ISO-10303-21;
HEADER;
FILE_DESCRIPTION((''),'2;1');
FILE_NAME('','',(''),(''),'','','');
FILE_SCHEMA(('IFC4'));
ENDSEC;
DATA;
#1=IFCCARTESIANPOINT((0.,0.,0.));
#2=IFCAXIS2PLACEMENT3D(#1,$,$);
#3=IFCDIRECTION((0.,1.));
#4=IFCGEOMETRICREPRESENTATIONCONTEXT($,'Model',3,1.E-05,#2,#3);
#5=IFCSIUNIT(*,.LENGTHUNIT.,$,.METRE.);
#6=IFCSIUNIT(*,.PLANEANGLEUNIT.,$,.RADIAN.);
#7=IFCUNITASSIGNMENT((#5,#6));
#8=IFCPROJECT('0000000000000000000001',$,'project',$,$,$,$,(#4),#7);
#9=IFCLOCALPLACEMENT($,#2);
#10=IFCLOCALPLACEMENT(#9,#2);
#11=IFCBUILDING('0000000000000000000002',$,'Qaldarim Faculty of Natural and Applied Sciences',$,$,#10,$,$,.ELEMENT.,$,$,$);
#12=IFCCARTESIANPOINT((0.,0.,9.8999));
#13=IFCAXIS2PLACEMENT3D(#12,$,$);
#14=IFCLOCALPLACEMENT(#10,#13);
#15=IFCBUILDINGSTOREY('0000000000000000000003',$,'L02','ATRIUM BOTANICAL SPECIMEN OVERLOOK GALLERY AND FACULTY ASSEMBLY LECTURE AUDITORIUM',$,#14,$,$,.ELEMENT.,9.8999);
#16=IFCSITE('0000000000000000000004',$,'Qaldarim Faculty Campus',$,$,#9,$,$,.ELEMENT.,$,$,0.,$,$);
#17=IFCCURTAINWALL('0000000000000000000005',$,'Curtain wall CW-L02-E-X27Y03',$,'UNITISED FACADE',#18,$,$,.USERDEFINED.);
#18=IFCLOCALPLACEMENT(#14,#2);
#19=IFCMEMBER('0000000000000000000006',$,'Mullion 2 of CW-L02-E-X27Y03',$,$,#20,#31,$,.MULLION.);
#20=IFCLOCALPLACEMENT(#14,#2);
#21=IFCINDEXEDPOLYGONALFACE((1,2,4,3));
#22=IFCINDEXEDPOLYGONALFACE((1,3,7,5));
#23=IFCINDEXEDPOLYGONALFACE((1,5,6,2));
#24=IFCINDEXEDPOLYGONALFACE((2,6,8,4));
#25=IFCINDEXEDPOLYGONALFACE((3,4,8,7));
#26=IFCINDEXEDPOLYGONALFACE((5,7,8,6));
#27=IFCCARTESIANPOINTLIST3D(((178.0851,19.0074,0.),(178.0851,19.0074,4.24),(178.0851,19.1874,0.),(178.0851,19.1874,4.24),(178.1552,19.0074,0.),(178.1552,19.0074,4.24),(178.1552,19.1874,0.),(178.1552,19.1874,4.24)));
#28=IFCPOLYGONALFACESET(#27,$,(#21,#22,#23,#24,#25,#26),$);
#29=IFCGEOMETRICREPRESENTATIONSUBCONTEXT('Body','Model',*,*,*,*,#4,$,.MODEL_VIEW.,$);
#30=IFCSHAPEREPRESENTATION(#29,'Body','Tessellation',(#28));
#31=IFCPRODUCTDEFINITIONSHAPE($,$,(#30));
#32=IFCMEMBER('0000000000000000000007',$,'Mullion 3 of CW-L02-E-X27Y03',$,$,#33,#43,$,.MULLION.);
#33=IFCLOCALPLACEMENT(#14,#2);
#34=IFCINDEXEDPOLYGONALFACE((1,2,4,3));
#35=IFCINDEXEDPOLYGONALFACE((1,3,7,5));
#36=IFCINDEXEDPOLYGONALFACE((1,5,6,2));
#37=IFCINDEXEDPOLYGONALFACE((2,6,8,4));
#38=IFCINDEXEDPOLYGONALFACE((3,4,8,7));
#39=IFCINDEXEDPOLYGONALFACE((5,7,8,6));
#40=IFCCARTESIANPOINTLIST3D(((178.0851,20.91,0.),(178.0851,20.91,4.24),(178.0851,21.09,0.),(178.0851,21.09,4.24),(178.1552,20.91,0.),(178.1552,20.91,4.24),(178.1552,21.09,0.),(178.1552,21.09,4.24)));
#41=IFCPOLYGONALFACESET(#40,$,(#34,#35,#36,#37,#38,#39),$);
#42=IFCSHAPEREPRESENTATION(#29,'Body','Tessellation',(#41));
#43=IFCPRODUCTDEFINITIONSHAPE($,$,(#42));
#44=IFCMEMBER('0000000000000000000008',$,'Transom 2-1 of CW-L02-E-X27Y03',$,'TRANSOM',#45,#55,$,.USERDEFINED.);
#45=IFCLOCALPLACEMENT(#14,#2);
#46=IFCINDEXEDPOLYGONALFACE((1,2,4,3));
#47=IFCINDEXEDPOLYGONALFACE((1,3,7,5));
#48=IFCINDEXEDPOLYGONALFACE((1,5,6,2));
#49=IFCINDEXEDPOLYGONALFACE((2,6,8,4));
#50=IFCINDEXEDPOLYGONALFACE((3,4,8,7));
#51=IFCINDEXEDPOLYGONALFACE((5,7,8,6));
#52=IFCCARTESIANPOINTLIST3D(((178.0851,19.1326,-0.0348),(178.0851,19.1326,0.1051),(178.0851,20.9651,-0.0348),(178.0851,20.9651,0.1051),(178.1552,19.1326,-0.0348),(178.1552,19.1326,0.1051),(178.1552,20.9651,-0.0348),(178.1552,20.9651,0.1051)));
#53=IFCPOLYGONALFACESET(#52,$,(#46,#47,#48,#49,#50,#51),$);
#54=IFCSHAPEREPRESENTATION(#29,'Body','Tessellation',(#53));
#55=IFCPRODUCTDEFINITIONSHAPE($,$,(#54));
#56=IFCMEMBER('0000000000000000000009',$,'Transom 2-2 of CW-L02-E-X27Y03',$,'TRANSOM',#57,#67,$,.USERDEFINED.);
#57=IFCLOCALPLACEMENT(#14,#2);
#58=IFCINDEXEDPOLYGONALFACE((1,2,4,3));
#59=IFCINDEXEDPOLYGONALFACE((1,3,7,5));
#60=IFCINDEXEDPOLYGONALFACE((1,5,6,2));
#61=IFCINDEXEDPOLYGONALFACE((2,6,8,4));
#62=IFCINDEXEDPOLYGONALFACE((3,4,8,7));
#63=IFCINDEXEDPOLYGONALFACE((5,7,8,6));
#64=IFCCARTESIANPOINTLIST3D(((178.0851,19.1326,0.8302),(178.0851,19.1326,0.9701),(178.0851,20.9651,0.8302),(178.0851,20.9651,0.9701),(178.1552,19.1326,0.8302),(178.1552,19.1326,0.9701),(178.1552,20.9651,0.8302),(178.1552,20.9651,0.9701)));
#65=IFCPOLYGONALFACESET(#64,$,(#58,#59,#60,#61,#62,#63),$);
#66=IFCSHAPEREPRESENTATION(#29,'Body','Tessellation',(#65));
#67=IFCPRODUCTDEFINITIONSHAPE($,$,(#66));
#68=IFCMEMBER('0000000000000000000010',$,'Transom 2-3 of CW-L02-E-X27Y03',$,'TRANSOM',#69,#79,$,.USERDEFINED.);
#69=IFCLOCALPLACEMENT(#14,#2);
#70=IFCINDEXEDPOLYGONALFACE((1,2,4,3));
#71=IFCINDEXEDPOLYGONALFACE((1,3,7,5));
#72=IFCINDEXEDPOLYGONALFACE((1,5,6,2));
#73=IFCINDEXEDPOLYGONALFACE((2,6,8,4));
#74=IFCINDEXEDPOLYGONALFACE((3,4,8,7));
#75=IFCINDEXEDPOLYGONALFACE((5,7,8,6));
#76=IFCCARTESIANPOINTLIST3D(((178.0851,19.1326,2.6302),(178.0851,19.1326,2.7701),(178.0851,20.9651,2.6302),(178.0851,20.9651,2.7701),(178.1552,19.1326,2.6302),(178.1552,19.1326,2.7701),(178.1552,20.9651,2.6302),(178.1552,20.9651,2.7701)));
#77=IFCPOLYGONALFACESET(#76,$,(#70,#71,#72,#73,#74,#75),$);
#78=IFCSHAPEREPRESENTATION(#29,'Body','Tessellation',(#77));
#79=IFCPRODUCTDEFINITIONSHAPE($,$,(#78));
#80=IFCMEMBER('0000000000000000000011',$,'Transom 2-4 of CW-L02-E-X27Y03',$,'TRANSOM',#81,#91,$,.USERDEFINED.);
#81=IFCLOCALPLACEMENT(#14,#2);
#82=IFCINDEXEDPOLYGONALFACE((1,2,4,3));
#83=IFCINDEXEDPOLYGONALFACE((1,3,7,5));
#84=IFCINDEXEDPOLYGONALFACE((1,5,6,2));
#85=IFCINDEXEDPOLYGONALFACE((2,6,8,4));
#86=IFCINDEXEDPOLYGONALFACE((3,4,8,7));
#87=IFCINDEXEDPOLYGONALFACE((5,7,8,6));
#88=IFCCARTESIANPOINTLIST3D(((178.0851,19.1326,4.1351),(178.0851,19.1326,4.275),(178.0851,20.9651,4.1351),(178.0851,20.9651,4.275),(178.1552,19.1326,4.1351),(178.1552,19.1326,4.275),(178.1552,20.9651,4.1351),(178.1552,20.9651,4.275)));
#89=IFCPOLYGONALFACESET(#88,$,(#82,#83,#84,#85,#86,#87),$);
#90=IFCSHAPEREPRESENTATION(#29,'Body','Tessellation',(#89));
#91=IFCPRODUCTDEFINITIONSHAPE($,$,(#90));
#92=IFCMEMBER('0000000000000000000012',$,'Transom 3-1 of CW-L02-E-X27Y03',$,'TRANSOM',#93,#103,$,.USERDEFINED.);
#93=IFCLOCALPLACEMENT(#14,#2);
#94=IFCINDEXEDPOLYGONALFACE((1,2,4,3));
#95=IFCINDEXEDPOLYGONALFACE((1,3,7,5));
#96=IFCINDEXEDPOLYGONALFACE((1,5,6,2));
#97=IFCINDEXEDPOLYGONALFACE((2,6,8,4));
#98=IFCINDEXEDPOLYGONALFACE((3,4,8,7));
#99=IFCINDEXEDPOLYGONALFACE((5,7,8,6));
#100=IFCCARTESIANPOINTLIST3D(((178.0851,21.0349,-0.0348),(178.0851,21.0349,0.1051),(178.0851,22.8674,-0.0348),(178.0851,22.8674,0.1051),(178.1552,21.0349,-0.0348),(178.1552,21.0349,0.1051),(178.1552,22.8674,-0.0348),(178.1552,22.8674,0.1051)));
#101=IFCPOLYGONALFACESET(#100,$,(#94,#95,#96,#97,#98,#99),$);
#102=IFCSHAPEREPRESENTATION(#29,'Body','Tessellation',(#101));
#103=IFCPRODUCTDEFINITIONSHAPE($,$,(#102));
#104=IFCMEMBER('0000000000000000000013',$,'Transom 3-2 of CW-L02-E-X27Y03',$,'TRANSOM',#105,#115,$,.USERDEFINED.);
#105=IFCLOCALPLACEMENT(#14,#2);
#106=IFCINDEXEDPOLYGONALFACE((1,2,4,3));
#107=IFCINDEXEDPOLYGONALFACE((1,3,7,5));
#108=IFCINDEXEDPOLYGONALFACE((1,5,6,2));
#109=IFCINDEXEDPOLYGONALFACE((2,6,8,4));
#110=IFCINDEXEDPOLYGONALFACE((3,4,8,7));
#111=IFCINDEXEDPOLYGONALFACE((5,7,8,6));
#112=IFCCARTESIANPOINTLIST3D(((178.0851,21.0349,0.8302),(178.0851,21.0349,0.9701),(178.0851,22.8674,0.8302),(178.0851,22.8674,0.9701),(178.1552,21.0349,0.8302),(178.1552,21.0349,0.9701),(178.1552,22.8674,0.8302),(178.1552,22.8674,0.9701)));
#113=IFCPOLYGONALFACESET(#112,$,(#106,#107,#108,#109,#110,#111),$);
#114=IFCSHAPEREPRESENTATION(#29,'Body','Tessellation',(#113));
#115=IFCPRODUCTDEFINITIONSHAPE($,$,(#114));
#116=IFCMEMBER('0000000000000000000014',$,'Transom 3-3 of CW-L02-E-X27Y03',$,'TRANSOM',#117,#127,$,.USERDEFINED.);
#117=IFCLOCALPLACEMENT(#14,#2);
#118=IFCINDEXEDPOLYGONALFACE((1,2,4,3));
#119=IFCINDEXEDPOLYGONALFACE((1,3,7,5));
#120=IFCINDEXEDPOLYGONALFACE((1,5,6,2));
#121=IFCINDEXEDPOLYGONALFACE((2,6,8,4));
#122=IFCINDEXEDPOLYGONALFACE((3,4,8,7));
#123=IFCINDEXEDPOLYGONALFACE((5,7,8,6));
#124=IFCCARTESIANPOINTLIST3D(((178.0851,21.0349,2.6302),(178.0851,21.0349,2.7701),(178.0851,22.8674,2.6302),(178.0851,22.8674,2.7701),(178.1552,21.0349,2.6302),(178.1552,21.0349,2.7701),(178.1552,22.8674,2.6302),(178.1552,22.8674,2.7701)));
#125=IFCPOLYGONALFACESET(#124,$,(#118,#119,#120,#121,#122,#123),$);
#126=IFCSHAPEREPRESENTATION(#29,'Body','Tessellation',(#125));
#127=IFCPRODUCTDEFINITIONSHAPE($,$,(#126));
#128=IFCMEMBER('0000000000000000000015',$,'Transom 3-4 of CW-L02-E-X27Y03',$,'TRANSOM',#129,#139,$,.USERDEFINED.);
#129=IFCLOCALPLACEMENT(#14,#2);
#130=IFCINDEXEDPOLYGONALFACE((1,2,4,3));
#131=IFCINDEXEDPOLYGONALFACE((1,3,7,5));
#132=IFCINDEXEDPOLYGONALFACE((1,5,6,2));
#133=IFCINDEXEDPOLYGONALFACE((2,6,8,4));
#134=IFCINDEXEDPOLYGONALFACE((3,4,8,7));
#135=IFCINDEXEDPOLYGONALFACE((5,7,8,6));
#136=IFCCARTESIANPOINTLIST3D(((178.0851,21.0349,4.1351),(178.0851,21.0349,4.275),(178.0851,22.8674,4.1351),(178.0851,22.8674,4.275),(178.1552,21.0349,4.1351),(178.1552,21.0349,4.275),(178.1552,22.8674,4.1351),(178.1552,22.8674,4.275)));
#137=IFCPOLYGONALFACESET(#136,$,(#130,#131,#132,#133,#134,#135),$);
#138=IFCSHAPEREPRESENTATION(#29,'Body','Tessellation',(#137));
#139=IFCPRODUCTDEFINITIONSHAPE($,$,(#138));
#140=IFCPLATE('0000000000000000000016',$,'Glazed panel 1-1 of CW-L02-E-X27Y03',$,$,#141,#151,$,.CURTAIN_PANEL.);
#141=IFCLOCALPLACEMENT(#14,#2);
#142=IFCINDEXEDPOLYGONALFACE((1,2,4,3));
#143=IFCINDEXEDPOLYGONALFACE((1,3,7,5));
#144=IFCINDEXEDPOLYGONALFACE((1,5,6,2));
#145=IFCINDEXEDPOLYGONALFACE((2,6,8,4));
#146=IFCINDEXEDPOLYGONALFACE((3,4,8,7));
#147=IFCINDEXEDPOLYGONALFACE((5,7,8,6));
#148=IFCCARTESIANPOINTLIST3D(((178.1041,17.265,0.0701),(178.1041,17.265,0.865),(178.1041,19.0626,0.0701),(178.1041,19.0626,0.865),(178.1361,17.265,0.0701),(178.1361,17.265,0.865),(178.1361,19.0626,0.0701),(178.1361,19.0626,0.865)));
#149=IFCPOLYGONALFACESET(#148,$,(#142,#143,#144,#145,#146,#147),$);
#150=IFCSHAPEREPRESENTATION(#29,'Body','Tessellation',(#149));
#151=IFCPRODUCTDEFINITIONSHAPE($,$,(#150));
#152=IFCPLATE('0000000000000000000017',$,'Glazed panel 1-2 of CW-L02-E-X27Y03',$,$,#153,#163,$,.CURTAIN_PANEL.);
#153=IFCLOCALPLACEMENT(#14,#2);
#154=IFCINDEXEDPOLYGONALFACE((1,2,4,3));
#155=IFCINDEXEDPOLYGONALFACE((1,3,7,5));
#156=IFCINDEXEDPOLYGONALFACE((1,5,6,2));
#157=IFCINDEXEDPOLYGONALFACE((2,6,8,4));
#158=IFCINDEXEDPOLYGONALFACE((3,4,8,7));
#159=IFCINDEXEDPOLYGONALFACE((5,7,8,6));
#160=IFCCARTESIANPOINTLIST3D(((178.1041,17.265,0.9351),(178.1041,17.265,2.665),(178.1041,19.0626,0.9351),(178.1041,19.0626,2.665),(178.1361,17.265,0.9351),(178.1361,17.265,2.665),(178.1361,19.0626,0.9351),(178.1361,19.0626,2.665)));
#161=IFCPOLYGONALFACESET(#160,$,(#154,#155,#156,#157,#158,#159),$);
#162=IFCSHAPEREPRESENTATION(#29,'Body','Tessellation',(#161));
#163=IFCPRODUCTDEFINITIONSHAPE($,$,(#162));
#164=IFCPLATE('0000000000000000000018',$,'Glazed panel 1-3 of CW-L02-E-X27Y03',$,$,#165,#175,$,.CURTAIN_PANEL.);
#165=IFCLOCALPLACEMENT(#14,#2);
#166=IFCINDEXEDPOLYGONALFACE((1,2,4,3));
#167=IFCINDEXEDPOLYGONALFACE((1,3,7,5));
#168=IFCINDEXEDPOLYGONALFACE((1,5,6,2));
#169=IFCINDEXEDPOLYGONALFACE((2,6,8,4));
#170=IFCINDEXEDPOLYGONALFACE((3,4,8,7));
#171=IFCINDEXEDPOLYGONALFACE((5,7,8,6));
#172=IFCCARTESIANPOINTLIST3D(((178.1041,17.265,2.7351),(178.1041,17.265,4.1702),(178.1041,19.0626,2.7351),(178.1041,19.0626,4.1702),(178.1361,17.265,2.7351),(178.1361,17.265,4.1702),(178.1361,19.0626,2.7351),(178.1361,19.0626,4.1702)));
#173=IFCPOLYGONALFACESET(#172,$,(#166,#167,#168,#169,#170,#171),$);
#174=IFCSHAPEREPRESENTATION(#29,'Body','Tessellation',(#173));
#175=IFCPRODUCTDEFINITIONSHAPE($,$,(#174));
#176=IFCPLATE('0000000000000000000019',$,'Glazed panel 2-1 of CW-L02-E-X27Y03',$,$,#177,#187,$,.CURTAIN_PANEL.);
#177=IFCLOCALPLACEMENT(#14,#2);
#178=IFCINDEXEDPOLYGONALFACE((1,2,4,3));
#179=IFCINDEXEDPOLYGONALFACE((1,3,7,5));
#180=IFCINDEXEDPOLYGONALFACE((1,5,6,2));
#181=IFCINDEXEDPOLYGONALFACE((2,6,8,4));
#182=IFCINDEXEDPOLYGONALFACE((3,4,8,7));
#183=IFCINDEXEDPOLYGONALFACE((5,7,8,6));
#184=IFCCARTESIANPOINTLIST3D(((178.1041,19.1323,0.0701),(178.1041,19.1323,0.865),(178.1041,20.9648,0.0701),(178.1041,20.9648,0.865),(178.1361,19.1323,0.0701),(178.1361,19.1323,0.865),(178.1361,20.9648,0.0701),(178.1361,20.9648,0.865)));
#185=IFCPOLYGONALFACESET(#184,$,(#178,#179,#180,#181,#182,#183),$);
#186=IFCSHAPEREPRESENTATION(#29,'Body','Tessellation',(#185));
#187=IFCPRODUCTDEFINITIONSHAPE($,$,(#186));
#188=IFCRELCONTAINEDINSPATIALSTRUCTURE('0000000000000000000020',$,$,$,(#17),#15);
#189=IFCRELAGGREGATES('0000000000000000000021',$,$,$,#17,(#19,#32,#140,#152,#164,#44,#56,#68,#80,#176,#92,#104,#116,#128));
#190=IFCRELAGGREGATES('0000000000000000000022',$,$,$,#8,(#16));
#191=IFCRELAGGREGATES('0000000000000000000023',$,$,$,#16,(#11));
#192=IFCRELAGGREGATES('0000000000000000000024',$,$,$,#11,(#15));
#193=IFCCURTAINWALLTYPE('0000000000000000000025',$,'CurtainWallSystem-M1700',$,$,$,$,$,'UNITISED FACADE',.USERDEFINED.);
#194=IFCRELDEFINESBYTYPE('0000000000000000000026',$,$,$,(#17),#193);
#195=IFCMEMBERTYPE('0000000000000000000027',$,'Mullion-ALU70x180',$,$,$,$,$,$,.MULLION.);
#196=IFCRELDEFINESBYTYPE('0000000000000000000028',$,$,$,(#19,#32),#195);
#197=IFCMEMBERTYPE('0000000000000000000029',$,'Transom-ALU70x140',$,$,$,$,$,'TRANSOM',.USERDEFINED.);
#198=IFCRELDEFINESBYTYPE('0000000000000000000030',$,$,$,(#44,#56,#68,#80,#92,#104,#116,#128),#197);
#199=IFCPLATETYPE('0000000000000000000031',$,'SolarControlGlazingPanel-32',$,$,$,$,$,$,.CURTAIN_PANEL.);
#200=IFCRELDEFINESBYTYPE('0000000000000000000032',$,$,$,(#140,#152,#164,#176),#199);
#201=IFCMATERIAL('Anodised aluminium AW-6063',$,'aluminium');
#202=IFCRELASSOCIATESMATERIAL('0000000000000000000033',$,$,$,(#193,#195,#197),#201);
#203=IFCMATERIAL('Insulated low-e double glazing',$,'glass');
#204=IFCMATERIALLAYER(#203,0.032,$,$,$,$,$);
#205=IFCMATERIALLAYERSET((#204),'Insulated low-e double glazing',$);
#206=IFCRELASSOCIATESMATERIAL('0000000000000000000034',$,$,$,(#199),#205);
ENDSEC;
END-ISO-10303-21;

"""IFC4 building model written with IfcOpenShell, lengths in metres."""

from ifc_helpers import new_model, si_unit, direction, frame, origin, origin_2d, place, context, subcontext, project, spatial, rectangle, extrude, material, layer, layer_set, material_profile, profile_set, type_object, element, aggregate, save


model = new_model("IFC4")

# Units and contexts
model_context = context("Model", 3, precision=1e-05, world=origin(), true_north=direction((0.0, 1.0)))
body_context = subcontext(model_context, "Body", "Model", "MODEL_VIEW")
ifc_project = project(units=[si_unit("LENGTHUNIT", "METRE"), si_unit("PLANEANGLEUNIT", "RADIAN")], contexts=[model_context])

# Site, building, storey
site_placement = place(None, origin())
site = spatial("IfcSite", under=ifc_project, at=site_placement, Name="Qaldarim Faculty Campus", CompositionType="ELEMENT", RefElevation=0.0)
building_placement = place(site_placement, origin())
building = spatial("IfcBuilding", under=site, at=building_placement, Name="Qaldarim Faculty of Natural and Applied Sciences", CompositionType="ELEMENT")
storey_placement = place(building_placement, frame((0.0, 0.0, 9.8999)))
storey = spatial("IfcBuildingStorey", under=building, at=storey_placement, Name="L02", Description="ATRIUM BOTANICAL SPECIMEN OVERLOOK GALLERY AND FACULTY ASSEMBLY LECTURE AUDITORIUM", CompositionType="ELEMENT", Elevation=9.8999)

# Curtain wall, members, plates
ifc_material_1 = material(Name="Anodised aluminium AW-6063", Category="aluminium")
curtain_wall_type = type_object("IfcCurtainWallType", Name="CurtainWallSystem-M1700", ElementType="UNITISED FACADE", PredefinedType="USERDEFINED", material=ifc_material_1)
curtain_wall_placement = place(storey_placement, origin())
curtain_wall = element("IfcCurtainWall", 1, at=curtain_wall_placement, inside=storey, type_object=curtain_wall_type, Name="Curtain wall CW-L02-E-X27Y03", ObjectType="UNITISED FACADE", PredefinedType="USERDEFINED")
ifc_material_profile_1 = material_profile(ifc_material_1, rectangle(XDim=0.0701, YDim=0.1799, at=origin_2d()), Name="ALU-M70x180")
ifc_profile_set_1 = profile_set([ifc_material_profile_1], Name="Anodised aluminium AW-6063")
member_type_1 = type_object("IfcMemberType", Name="Mullion-ALU70x180", PredefinedType="MULLION", material=ifc_profile_set_1)
member_1_placement = place(storey_placement, frame((178.1201, 19.0974, 0.0), z_axis=(0.0, 0.0, 1.0), x_axis=(-1.0, 0.0, 0.0)))
member_1 = element("IfcMember", 2, at=member_1_placement, type_object=member_type_1, Name="Mullion 2 of CW-L02-E-X27Y03", PredefinedType="MULLION", context=body_context, shape_type="SweptSolid", body=[
    extrude(rectangle(XDim=0.0701, YDim=0.1799, at=origin_2d()), origin(), (0.0, 0.0, 1.0), 4.24),
])
member_2_placement = place(storey_placement, frame((178.1201, 21.0, 0.0), z_axis=(0.0, 0.0, 1.0), x_axis=(-1.0, 0.0, 0.0)))
member_2 = element("IfcMember", 3, at=member_2_placement, type_object=member_type_1, Name="Mullion 3 of CW-L02-E-X27Y03", PredefinedType="MULLION", context=body_context, shape_type="SweptSolid", body=[
    extrude(rectangle(XDim=0.0701, YDim=0.1799, at=origin_2d()), origin(), (0.0, 0.0, 1.0), 4.24),
])
ifc_material_profile_2 = material_profile(ifc_material_1, rectangle(XDim=0.0701, YDim=0.1399, at=origin_2d()), Name="ALU-T70x140")
ifc_profile_set_2 = profile_set([ifc_material_profile_2], Name="Anodised aluminium AW-6063")
member_type_2 = type_object("IfcMemberType", Name="Transom-ALU70x140", ElementType="TRANSOM", PredefinedType="USERDEFINED", material=ifc_profile_set_2)
member_3_placement = place(storey_placement, frame((178.1201, 19.1326, 0.0352), z_axis=(0.0, 1.0, 0.0), x_axis=(-1.0, 0.0, 0.0)))
member_3 = element("IfcMember", 4, at=member_3_placement, type_object=member_type_2, Name="Transom 2-1 of CW-L02-E-X27Y03", ObjectType="TRANSOM", PredefinedType="USERDEFINED", context=body_context, shape_type="SweptSolid", body=[
    extrude(rectangle(XDim=0.0701, YDim=0.1399, at=origin_2d()), origin(), (0.0, 0.0, 1.0), 1.8325),
])
member_4_placement = place(storey_placement, frame((178.1201, 19.1326, 0.9001), z_axis=(0.0, 1.0, 0.0), x_axis=(-1.0, 0.0, 0.0)))
member_4 = element("IfcMember", 5, at=member_4_placement, type_object=member_type_2, Name="Transom 2-2 of CW-L02-E-X27Y03", ObjectType="TRANSOM", PredefinedType="USERDEFINED", context=body_context, shape_type="SweptSolid", body=[
    extrude(rectangle(XDim=0.0701, YDim=0.1399, at=origin_2d()), origin(), (0.0, 0.0, 1.0), 1.8325),
])
member_5_placement = place(storey_placement, frame((178.1201, 19.1326, 2.7002), z_axis=(0.0, 1.0, 0.0), x_axis=(-1.0, 0.0, 0.0)))
member_5 = element("IfcMember", 6, at=member_5_placement, type_object=member_type_2, Name="Transom 2-3 of CW-L02-E-X27Y03", ObjectType="TRANSOM", PredefinedType="USERDEFINED", context=body_context, shape_type="SweptSolid", body=[
    extrude(rectangle(XDim=0.0701, YDim=0.1399, at=origin_2d()), origin(), (0.0, 0.0, 1.0), 1.8325),
])
member_6_placement = place(storey_placement, frame((178.1201, 19.1326, 4.2051), z_axis=(0.0, 1.0, 0.0), x_axis=(-1.0, 0.0, 0.0)))
member_6 = element("IfcMember", 7, at=member_6_placement, type_object=member_type_2, Name="Transom 2-4 of CW-L02-E-X27Y03", ObjectType="TRANSOM", PredefinedType="USERDEFINED", context=body_context, shape_type="SweptSolid", body=[
    extrude(rectangle(XDim=0.0701, YDim=0.1399, at=origin_2d()), origin(), (0.0, 0.0, 1.0), 1.8325),
])
member_7_placement = place(storey_placement, frame((178.1201, 21.0349, 0.0352), z_axis=(0.0, 1.0, 0.0), x_axis=(-1.0, 0.0, 0.0)))
member_7 = element("IfcMember", 8, at=member_7_placement, type_object=member_type_2, Name="Transom 3-1 of CW-L02-E-X27Y03", ObjectType="TRANSOM", PredefinedType="USERDEFINED", context=body_context, shape_type="SweptSolid", body=[
    extrude(rectangle(XDim=0.0701, YDim=0.1399, at=origin_2d()), origin(), (0.0, 0.0, 1.0), 1.8325),
])
member_8_placement = place(storey_placement, frame((178.1201, 21.0349, 0.9001), z_axis=(0.0, 1.0, 0.0), x_axis=(-1.0, 0.0, 0.0)))
member_8 = element("IfcMember", 9, at=member_8_placement, type_object=member_type_2, Name="Transom 3-2 of CW-L02-E-X27Y03", ObjectType="TRANSOM", PredefinedType="USERDEFINED", context=body_context, shape_type="SweptSolid", body=[
    extrude(rectangle(XDim=0.0701, YDim=0.1399, at=origin_2d()), origin(), (0.0, 0.0, 1.0), 1.8325),
])
member_9_placement = place(storey_placement, frame((178.1201, 21.0349, 2.7002), z_axis=(0.0, 1.0, 0.0), x_axis=(-1.0, 0.0, 0.0)))
member_9 = element("IfcMember", 10, at=member_9_placement, type_object=member_type_2, Name="Transom 3-3 of CW-L02-E-X27Y03", ObjectType="TRANSOM", PredefinedType="USERDEFINED", context=body_context, shape_type="SweptSolid", body=[
    extrude(rectangle(XDim=0.0701, YDim=0.1399, at=origin_2d()), origin(), (0.0, 0.0, 1.0), 1.8325),
])
member_10_placement = place(storey_placement, frame((178.1201, 21.0349, 4.2051), z_axis=(0.0, 1.0, 0.0), x_axis=(-1.0, 0.0, 0.0)))
member_10 = element("IfcMember", 11, at=member_10_placement, type_object=member_type_2, Name="Transom 3-4 of CW-L02-E-X27Y03", ObjectType="TRANSOM", PredefinedType="USERDEFINED", context=body_context, shape_type="SweptSolid", body=[
    extrude(rectangle(XDim=0.0701, YDim=0.1399, at=origin_2d()), origin(), (0.0, 0.0, 1.0), 1.8325),
])
ifc_material_2 = material(Name="Insulated low-e double glazing", Category="glass")
ifc_layer_1 = layer(ifc_material_2, 0.032)
ifc_layer_set_1 = layer_set([ifc_layer_1], Name="Insulated low-e double glazing")
plate_type = type_object("IfcPlateType", Name="SolarControlGlazingPanel-32", PredefinedType="CURTAIN_PANEL", material=ifc_layer_set_1)
plate_1_placement = place(storey_placement, frame((178.1201, 18.1638, 0.0701), z_axis=(0.0, 0.0, 1.0), x_axis=(0.0, 1.0, 0.0)))
plate_1 = element("IfcPlate", 12, at=plate_1_placement, type_object=plate_type, Name="Glazed panel 1-1 of CW-L02-E-X27Y03", PredefinedType="CURTAIN_PANEL", context=body_context, shape_type="SweptSolid", body=[
    extrude(rectangle(XDim=1.7976, YDim=0.032, at=origin_2d()), origin(), (0.0, 0.0, 1.0), 0.7949),
])
plate_2_placement = place(storey_placement, frame((178.1201, 18.1638, 0.9351), z_axis=(0.0, 0.0, 1.0), x_axis=(0.0, 1.0, 0.0)))
plate_2 = element("IfcPlate", 13, at=plate_2_placement, type_object=plate_type, Name="Glazed panel 1-2 of CW-L02-E-X27Y03", PredefinedType="CURTAIN_PANEL", context=body_context, shape_type="SweptSolid", body=[
    extrude(rectangle(XDim=1.7976, YDim=0.032, at=origin_2d()), origin(), (0.0, 0.0, 1.0), 1.73),
])
plate_3_placement = place(storey_placement, frame((178.1201, 18.1638, 2.7351), z_axis=(0.0, 0.0, 1.0), x_axis=(0.0, 1.0, 0.0)))
plate_3 = element("IfcPlate", 14, at=plate_3_placement, type_object=plate_type, Name="Glazed panel 1-3 of CW-L02-E-X27Y03", PredefinedType="CURTAIN_PANEL", context=body_context, shape_type="SweptSolid", body=[
    extrude(rectangle(XDim=1.7976, YDim=0.032, at=origin_2d()), origin(), (0.0, 0.0, 1.0), 1.4351),
])
plate_4_placement = place(storey_placement, frame((178.1201, 20.0486, 0.0701), z_axis=(0.0, 0.0, 1.0), x_axis=(0.0, 1.0, 0.0)))
plate_4 = element("IfcPlate", 15, at=plate_4_placement, type_object=plate_type, Name="Glazed panel 2-1 of CW-L02-E-X27Y03", PredefinedType="CURTAIN_PANEL", context=body_context, shape_type="SweptSolid", body=[
    extrude(rectangle(XDim=1.8325, YDim=0.032, at=origin_2d()), origin(), (0.0, 0.0, 1.0), 0.7949),
])
aggregate(curtain_wall, [member_1, member_2, plate_1, plate_2, plate_3, member_3, member_4, member_5, member_6, plate_4, member_7, member_8, member_9, member_10])

save(model, "model.ifc")
